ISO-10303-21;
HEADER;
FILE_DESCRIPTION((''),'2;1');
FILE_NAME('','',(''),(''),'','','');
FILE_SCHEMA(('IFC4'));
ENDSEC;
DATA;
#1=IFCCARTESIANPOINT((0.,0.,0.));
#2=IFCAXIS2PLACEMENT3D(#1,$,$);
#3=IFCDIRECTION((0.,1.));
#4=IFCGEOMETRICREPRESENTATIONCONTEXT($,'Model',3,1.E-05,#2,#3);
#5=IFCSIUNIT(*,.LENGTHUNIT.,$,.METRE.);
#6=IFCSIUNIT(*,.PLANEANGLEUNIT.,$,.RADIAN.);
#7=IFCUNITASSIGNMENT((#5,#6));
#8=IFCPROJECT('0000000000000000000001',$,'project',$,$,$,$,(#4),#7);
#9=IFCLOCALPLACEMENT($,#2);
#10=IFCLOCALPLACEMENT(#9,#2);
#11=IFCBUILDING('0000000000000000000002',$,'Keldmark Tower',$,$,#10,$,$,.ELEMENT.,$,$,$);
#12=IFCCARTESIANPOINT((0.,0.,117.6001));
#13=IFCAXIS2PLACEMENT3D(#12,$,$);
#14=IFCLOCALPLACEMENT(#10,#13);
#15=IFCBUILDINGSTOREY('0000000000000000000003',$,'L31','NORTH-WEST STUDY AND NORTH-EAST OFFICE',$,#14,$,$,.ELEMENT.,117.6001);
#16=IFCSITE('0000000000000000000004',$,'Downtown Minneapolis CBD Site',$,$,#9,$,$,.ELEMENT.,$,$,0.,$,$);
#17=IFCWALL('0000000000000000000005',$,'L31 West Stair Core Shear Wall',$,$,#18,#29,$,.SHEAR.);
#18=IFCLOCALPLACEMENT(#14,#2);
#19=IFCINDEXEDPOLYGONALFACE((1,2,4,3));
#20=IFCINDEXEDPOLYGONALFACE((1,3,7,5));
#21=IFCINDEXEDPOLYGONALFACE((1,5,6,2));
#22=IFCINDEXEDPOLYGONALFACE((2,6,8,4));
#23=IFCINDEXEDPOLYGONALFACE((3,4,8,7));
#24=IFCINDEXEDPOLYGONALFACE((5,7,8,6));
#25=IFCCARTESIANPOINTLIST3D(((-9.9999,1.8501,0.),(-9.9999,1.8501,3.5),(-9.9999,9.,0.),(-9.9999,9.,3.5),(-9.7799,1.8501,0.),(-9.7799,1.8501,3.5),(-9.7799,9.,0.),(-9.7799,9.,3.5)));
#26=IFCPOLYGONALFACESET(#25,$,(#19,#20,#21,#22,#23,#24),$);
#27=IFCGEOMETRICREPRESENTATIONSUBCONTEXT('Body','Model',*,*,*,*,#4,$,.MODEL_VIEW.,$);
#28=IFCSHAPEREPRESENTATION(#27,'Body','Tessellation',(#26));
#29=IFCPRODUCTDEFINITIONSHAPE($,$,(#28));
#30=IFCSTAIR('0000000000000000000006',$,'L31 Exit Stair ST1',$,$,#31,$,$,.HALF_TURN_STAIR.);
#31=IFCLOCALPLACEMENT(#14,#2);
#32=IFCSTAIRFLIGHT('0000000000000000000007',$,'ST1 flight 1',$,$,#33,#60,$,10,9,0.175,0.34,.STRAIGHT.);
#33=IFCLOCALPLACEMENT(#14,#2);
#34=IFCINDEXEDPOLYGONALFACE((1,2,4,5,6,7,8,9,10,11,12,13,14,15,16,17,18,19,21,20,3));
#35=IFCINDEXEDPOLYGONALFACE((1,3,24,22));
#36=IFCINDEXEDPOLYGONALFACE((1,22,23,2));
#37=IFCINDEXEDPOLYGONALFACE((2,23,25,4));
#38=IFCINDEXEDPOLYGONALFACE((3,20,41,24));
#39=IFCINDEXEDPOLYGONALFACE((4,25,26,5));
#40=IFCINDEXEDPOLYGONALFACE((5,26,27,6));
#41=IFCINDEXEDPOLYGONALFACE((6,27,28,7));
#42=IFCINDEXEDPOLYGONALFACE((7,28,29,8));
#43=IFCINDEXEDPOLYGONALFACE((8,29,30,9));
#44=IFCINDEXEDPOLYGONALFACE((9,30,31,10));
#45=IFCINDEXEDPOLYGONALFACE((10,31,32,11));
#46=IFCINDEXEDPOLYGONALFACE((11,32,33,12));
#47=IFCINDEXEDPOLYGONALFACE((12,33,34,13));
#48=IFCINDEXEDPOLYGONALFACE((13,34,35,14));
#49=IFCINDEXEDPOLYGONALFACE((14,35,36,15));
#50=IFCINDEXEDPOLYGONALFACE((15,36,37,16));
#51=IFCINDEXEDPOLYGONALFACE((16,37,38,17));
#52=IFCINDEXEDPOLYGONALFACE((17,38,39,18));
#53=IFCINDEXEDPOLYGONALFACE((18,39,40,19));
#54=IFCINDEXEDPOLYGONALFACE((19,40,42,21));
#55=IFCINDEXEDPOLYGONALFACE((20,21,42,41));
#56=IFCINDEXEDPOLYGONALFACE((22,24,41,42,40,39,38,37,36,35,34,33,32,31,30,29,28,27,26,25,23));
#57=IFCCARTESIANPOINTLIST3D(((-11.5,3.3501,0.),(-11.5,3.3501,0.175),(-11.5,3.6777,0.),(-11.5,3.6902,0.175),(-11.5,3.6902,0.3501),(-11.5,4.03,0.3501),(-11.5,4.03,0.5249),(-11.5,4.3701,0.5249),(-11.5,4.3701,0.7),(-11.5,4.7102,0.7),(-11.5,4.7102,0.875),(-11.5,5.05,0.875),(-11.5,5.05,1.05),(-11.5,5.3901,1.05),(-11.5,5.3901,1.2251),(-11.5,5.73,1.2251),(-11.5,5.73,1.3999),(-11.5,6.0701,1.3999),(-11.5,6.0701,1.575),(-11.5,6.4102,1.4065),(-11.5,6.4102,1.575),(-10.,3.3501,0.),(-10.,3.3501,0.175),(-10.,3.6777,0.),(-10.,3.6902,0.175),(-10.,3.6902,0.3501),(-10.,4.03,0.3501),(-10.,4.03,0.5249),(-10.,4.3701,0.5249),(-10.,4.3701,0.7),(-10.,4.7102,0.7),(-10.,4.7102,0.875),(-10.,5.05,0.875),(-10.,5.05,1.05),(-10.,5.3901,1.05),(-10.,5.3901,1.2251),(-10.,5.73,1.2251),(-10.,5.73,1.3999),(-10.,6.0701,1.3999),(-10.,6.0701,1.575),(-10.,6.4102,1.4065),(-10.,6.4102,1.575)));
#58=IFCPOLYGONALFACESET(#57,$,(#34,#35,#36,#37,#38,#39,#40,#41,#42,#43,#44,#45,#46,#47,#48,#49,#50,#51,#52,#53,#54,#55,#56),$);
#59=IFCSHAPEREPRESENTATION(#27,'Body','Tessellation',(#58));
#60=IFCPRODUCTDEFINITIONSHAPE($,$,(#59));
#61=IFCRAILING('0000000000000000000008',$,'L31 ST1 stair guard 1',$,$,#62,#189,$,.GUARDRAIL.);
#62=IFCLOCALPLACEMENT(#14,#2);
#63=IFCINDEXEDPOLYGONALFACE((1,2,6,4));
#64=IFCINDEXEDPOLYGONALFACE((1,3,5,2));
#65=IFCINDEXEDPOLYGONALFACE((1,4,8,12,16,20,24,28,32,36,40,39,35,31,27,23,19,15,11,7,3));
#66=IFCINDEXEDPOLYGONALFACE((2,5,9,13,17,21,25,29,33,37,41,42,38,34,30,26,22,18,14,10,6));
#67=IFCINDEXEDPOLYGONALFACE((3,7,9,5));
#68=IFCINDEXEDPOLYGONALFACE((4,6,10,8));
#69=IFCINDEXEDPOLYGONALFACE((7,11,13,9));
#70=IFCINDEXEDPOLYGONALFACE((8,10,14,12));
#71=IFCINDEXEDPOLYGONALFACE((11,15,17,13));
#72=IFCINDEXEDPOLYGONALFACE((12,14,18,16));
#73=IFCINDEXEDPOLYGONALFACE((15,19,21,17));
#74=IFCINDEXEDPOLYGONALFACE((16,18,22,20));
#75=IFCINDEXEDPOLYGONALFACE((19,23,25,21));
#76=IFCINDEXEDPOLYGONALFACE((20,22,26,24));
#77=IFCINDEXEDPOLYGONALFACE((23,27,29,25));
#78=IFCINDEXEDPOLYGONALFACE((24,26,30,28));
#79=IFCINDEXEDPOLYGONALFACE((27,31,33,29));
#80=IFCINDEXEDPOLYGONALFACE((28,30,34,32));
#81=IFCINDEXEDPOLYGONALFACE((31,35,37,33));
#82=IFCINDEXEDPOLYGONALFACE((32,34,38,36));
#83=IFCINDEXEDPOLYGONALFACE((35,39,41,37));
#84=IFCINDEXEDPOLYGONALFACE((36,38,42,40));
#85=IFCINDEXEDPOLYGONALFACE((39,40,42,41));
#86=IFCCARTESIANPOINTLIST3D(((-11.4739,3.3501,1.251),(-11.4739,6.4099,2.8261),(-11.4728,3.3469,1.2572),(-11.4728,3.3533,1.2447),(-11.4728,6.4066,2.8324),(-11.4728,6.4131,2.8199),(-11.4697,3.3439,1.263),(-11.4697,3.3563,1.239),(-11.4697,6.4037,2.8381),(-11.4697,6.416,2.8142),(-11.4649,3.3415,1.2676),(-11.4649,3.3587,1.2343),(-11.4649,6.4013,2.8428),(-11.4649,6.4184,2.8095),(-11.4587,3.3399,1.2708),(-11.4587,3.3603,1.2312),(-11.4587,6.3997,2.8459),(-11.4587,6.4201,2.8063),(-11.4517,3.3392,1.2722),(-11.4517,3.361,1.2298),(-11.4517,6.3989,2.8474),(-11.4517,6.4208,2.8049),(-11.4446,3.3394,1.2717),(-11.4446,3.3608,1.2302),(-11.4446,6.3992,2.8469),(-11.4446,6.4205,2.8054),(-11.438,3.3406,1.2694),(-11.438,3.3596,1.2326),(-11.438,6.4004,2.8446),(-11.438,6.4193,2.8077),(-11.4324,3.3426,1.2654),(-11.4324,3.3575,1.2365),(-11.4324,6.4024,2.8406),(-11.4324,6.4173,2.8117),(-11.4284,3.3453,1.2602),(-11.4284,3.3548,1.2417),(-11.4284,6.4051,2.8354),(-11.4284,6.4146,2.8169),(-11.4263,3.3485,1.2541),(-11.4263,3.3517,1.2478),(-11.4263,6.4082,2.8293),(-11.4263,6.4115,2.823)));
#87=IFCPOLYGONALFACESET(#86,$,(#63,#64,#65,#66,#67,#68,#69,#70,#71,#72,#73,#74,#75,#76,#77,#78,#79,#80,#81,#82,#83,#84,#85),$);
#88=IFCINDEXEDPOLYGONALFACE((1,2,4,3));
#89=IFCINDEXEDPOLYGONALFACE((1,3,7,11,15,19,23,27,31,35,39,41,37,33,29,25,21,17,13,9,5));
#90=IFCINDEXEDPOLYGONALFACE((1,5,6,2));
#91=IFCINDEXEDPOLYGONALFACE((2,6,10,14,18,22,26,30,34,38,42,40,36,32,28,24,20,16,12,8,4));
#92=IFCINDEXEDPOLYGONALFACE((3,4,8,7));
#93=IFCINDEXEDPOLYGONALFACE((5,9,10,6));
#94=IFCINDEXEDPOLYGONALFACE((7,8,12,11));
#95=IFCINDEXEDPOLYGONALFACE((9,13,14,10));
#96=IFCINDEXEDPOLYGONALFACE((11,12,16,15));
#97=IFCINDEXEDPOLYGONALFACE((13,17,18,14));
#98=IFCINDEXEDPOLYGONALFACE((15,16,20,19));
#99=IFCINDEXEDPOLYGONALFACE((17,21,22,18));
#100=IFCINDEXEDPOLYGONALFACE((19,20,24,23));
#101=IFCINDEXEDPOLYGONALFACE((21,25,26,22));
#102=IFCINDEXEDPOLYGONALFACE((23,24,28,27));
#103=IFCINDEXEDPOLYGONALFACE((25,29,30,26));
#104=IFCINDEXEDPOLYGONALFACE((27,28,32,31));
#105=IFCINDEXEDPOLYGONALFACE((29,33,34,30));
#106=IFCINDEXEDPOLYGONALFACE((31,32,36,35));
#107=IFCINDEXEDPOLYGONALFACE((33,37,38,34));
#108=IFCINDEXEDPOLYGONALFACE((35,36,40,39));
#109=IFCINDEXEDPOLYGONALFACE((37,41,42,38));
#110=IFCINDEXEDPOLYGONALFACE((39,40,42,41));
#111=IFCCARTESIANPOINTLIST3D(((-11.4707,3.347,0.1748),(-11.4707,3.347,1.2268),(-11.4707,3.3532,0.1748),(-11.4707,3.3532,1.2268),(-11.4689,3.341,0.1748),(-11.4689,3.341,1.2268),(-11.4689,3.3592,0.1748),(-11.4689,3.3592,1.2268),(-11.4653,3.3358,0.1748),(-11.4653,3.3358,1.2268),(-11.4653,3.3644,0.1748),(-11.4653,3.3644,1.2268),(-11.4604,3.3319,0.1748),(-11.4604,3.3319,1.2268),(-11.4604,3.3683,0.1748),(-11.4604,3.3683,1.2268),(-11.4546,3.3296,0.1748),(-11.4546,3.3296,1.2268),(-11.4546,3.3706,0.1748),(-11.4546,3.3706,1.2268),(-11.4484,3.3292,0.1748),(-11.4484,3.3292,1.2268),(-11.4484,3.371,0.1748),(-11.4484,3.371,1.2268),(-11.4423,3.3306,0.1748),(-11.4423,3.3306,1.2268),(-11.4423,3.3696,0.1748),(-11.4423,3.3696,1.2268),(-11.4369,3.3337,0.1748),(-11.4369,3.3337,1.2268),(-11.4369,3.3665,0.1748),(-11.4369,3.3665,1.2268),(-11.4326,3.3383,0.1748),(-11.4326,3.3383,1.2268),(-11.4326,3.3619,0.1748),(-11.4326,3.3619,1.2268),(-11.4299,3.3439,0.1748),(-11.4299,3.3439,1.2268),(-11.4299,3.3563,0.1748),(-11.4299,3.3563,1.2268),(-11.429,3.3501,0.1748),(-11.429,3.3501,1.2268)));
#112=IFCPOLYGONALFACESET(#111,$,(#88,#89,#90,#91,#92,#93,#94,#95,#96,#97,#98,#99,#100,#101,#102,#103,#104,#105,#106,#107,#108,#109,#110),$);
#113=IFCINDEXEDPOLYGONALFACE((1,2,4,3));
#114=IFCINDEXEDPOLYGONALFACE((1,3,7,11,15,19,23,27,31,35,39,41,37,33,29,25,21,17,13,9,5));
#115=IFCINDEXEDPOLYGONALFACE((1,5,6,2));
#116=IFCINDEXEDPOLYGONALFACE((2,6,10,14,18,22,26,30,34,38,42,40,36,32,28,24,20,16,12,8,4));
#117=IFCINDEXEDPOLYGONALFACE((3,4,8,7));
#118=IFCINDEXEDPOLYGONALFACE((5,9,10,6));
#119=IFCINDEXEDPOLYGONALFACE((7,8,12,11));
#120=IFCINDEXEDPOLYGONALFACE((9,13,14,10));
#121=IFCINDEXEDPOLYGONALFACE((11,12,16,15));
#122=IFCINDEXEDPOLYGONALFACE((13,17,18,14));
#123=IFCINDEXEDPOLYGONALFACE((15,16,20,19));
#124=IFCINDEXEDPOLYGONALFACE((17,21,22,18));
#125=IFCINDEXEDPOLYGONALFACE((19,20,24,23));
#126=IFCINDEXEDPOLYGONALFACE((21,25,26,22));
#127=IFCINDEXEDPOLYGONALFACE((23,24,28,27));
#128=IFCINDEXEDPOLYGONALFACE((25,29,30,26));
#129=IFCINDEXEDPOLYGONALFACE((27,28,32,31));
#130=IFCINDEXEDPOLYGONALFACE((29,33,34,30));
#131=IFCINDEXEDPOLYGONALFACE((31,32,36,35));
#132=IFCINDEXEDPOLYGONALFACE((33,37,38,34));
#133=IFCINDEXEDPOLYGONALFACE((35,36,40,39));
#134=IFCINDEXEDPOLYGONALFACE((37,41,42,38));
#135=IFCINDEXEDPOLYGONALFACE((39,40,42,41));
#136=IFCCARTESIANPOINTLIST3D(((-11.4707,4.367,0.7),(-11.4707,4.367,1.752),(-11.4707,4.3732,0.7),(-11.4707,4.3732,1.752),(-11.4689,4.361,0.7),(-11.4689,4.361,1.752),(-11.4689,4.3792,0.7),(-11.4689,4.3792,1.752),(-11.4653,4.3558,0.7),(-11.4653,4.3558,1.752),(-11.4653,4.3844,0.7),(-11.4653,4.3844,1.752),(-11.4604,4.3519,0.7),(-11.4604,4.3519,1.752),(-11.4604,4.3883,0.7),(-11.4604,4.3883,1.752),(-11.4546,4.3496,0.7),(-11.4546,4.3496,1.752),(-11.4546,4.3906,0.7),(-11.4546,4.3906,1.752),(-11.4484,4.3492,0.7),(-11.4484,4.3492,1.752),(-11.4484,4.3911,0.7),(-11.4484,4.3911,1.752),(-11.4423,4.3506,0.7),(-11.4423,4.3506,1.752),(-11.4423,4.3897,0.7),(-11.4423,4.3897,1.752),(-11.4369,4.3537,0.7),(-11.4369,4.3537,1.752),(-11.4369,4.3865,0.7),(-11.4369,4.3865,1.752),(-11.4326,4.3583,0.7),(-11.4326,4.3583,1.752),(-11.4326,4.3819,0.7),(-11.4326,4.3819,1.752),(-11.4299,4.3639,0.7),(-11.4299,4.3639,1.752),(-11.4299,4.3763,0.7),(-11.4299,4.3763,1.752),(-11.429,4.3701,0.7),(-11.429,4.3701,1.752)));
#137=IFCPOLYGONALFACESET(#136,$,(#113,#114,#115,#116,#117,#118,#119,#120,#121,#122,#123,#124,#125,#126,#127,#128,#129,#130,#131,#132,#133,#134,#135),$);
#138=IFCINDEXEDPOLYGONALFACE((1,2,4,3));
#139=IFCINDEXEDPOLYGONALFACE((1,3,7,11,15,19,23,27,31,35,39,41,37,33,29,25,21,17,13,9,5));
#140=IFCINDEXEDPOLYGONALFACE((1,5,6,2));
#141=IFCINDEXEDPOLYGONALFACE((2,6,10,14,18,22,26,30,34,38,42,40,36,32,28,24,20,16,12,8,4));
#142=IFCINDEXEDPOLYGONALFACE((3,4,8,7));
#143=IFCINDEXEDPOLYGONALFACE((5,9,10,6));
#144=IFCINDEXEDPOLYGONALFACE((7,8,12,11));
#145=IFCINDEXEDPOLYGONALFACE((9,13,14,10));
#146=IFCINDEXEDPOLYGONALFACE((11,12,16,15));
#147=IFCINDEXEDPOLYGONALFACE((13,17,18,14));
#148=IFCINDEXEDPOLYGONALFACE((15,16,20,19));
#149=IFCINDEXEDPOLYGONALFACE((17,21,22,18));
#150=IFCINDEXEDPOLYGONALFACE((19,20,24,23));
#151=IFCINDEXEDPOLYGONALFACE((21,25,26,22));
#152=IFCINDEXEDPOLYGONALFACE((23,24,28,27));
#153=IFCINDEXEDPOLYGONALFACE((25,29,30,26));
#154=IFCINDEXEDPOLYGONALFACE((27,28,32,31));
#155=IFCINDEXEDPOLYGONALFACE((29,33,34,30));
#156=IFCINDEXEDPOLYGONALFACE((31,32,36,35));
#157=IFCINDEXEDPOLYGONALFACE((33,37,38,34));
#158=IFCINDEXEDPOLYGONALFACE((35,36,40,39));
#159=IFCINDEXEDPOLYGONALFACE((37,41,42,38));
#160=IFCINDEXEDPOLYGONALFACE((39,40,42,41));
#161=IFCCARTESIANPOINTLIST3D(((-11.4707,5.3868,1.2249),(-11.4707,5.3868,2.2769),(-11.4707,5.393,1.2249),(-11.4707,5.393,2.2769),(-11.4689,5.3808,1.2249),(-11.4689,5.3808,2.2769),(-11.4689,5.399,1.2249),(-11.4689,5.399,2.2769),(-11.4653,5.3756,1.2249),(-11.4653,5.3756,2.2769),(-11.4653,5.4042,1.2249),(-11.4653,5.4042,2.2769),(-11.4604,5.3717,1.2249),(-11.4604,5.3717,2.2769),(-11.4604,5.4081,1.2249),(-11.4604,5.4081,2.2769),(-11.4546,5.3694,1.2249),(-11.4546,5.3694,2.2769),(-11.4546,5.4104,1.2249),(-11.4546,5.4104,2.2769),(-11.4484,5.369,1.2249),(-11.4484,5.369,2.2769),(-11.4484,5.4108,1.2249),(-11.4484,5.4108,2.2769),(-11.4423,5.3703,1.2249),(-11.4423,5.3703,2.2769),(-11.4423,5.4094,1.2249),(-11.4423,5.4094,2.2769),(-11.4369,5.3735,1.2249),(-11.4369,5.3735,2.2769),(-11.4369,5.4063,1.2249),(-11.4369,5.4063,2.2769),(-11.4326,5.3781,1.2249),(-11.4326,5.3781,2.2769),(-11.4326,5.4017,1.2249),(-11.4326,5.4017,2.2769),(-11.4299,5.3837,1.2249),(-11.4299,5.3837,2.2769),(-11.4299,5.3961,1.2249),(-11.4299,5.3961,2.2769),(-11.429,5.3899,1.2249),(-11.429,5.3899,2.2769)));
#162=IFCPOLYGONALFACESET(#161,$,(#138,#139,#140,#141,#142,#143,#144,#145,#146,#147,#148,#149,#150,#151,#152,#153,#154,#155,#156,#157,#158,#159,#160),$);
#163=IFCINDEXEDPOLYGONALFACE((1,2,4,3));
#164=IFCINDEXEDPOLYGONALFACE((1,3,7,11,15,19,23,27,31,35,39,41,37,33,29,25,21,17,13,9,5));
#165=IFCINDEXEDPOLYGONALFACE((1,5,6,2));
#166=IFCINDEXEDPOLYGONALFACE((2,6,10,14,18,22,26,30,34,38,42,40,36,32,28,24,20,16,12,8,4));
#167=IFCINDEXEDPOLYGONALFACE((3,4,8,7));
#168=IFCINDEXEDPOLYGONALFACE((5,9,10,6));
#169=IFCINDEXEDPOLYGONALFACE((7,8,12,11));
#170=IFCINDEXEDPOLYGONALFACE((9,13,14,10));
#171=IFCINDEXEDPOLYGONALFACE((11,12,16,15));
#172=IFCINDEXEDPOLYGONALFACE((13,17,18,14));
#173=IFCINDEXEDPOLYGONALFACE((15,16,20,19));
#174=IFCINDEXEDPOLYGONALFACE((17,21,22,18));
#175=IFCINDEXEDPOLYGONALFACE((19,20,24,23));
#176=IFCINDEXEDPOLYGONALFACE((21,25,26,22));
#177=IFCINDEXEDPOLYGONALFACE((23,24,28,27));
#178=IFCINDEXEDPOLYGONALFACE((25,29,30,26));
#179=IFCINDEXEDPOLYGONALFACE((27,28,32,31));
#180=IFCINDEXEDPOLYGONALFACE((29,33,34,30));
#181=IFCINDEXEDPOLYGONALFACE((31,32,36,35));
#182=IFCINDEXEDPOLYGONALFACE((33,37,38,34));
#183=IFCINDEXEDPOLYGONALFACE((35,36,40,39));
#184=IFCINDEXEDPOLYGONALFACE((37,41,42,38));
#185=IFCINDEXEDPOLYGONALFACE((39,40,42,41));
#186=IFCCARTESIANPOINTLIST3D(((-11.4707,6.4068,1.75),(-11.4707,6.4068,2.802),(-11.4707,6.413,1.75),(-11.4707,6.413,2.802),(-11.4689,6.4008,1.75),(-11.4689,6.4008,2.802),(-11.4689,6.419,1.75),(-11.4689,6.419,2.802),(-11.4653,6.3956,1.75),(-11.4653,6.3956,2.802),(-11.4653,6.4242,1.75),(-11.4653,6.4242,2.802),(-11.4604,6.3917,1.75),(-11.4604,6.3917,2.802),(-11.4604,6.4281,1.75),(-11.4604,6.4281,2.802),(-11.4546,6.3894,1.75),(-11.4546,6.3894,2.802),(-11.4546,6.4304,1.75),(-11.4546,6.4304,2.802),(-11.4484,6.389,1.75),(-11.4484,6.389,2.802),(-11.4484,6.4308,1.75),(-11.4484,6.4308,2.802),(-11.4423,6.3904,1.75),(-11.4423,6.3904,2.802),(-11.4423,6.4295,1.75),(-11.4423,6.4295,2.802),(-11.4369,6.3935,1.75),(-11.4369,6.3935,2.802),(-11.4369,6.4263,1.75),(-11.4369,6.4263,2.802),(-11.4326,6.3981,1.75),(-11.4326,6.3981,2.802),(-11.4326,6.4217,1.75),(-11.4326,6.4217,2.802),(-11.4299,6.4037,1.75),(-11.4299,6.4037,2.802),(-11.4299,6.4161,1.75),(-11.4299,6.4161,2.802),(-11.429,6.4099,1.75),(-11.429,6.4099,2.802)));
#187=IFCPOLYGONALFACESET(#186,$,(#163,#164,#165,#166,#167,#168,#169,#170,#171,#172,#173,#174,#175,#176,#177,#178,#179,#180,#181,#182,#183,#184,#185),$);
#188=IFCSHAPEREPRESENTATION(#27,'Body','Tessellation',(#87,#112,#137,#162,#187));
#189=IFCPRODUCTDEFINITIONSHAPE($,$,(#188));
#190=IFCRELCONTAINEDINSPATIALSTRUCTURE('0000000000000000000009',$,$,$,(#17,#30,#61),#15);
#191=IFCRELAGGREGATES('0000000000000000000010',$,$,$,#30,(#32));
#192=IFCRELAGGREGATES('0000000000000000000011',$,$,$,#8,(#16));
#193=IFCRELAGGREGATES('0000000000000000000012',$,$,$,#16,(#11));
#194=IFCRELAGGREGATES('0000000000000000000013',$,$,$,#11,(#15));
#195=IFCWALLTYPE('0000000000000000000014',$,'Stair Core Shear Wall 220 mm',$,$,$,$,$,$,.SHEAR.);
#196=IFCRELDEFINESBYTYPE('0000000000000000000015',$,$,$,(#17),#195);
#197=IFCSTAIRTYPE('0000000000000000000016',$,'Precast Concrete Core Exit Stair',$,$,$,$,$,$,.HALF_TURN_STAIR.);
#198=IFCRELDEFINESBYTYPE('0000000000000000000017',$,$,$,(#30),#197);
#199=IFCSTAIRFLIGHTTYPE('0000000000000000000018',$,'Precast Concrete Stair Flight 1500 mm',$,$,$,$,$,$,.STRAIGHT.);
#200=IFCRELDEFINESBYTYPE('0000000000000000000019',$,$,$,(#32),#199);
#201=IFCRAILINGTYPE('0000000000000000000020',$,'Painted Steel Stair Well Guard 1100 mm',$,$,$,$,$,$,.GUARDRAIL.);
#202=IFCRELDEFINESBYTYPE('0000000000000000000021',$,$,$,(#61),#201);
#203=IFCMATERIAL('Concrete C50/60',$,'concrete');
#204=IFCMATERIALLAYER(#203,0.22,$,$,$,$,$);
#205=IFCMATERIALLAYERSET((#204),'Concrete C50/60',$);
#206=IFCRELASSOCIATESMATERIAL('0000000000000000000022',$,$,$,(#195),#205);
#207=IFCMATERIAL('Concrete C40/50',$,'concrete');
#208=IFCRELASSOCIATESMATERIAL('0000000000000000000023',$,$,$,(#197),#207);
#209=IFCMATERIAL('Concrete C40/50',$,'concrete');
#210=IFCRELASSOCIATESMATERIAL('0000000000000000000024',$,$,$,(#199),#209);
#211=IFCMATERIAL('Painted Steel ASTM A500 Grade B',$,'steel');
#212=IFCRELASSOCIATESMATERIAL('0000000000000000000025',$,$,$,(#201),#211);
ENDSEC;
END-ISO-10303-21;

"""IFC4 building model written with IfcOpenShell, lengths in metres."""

from ifc_helpers import new_model, si_unit, direction, frame, frame_2d, origin, origin_2d, place, context, subcontext, project, spatial, polyline, rectangle, circle, outline, extrude, material, layer, layer_set, type_object, element, aggregate, save


model = new_model("IFC4")

# Units and contexts
model_context = context("Model", 3, precision=1e-05, world=origin(), true_north=direction((0.0, 1.0)))
body_context = subcontext(model_context, "Body", "Model", "MODEL_VIEW")
ifc_project = project(units=[si_unit("LENGTHUNIT", "METRE"), si_unit("PLANEANGLEUNIT", "RADIAN")], contexts=[model_context])

# Site, building, storey
site_placement = place(None, origin())
site = spatial("IfcSite", under=ifc_project, at=site_placement, Name="Downtown Minneapolis CBD Site", CompositionType="ELEMENT", RefElevation=0.0)
building_placement = place(site_placement, origin())
building = spatial("IfcBuilding", under=site, at=building_placement, Name="Keldmark Tower", CompositionType="ELEMENT")
storey_placement = place(building_placement, frame((0.0, 0.0, 117.6001)))
storey = spatial("IfcBuildingStorey", under=building, at=storey_placement, Name="L31", Description="NORTH-WEST STUDY AND NORTH-EAST OFFICE", CompositionType="ELEMENT", Elevation=117.6001)

# Wall
ifc_material_1 = material(Name="Concrete C50/60", Category="concrete")
ifc_layer_1 = layer(ifc_material_1, 0.22)
ifc_layer_set_1 = layer_set([ifc_layer_1], Name="Concrete C50/60")
wall_type_1 = type_object("IfcWallType", Name="Stair Core Shear Wall 220 mm", PredefinedType="SHEAR", material=ifc_layer_set_1)
wall_1_placement = place(storey_placement, frame((-9.8899, 1.8501, 0.0), z_axis=(0.0, 0.0, 1.0), x_axis=(0.0, 1.0, 0.0)))
element("IfcWall", 1, at=wall_1_placement, inside=storey, type_object=wall_type_1, Name="L31 West Stair Core Shear Wall", PredefinedType="SHEAR", context=body_context, shape_type="SweptSolid", body=[
    extrude(rectangle(XDim=7.1499, YDim=0.22, at=frame_2d((3.575, 0.0))), origin(), (0.0, 0.0, 1.0), 3.5),
])

# Stair, stair flight
ifc_material_2 = material(Name="Concrete C40/50", Category="concrete")
stair_type = type_object("IfcStairType", Name="Precast Concrete Core Exit Stair", PredefinedType="HALF_TURN_STAIR", material=ifc_material_2)
stair_placement = place(storey_placement, origin())
stair = element("IfcStair", 2, at=stair_placement, inside=storey, type_object=stair_type, Name="L31 Exit Stair ST1", PredefinedType="HALF_TURN_STAIR")
ifc_material_3 = material(Name="Concrete C40/50", Category="concrete")
stair_flight_type = type_object("IfcStairFlightType", Name="Precast Concrete Stair Flight 1500 mm", PredefinedType="STRAIGHT", material=ifc_material_3)
stair_flight_placement = place(storey_placement, frame((-10.75, 3.3501, 0.0), z_axis=(0.0, 0.0, 1.0), x_axis=(0.0, 1.0, 0.0)))
stair_flight = element("IfcStairFlight", 3, at=stair_flight_placement, type_object=stair_flight_type, Name="ST1 flight 1", NumberOfRisers=10, NumberOfTreads=9, PredefinedType="STRAIGHT", RiserHeight=0.175, TreadLength=0.34, context=body_context, shape_type="SweptSolid", body=[
    extrude(outline(polyline([(0.0, 0.0), (0.0, 0.175), (0.3401, 0.175), (0.3401, 0.3501), (0.6799, 0.3501), (0.6799, 0.5249), (1.02, 0.5249), (1.02, 0.7), (1.3601, 0.7), (1.3601, 0.875), (1.7, 0.875), (1.7, 1.05), (2.04, 1.05), (2.04, 1.2251), (2.3799, 1.2251), (2.3799, 1.3999), (2.72, 1.3999), (2.72, 1.575), (3.0601, 1.575), (3.0601, 1.75), (3.0601, 1.4065), (0.3276, 0.0), (0.0, 0.0)])), frame((0.0, 0.75, 0.0), z_axis=(0.0, -1.0, 0.0), x_axis=(1.0, 0.0, 0.0)), (0.0, 0.0, 1.0), 1.5),
])
aggregate(stair, [stair_flight])

# Railing
ifc_material_4 = material(Name="Painted Steel ASTM A500 Grade B", Category="steel")
railing_type_1 = type_object("IfcRailingType", Name="Painted Steel Stair Well Guard 1100 mm", PredefinedType="GUARDRAIL", material=ifc_material_4)
railing_1_placement = place(storey_placement, frame((-11.45, 3.3501, 0.1748)))
element("IfcRailing", 4, at=railing_1_placement, inside=storey, type_object=railing_type_1, Name="L31 ST1 stair guard 1", PredefinedType="GUARDRAIL", context=body_context, shape_type="SweptSolid", body=[
    extrude(circle(Radius=0.0239, at=origin_2d()), frame((0.0, 0.0, 1.0762), z_axis=(0.0, 0.889101, 0.45771), x_axis=(-1.0, 0.0, 0.0)), (0.0, 0.0, 1.0), 3.4414),
    extrude(circle(Radius=0.021, at=origin_2d()), origin(), (0.0, 0.0, 1.0), 1.052),
    extrude(circle(Radius=0.021, at=origin_2d()), frame((0.0, 1.02, 0.5251)), (0.0, 0.0, 1.0), 1.052),
    extrude(circle(Radius=0.021, at=origin_2d()), frame((0.0, 2.0398, 1.05)), (0.0, 0.0, 1.0), 1.052),
    extrude(circle(Radius=0.021, at=origin_2d()), frame((0.0, 3.0598, 1.5752)), (0.0, 0.0, 1.0), 1.052),
])

save(model, "model.ifc")
